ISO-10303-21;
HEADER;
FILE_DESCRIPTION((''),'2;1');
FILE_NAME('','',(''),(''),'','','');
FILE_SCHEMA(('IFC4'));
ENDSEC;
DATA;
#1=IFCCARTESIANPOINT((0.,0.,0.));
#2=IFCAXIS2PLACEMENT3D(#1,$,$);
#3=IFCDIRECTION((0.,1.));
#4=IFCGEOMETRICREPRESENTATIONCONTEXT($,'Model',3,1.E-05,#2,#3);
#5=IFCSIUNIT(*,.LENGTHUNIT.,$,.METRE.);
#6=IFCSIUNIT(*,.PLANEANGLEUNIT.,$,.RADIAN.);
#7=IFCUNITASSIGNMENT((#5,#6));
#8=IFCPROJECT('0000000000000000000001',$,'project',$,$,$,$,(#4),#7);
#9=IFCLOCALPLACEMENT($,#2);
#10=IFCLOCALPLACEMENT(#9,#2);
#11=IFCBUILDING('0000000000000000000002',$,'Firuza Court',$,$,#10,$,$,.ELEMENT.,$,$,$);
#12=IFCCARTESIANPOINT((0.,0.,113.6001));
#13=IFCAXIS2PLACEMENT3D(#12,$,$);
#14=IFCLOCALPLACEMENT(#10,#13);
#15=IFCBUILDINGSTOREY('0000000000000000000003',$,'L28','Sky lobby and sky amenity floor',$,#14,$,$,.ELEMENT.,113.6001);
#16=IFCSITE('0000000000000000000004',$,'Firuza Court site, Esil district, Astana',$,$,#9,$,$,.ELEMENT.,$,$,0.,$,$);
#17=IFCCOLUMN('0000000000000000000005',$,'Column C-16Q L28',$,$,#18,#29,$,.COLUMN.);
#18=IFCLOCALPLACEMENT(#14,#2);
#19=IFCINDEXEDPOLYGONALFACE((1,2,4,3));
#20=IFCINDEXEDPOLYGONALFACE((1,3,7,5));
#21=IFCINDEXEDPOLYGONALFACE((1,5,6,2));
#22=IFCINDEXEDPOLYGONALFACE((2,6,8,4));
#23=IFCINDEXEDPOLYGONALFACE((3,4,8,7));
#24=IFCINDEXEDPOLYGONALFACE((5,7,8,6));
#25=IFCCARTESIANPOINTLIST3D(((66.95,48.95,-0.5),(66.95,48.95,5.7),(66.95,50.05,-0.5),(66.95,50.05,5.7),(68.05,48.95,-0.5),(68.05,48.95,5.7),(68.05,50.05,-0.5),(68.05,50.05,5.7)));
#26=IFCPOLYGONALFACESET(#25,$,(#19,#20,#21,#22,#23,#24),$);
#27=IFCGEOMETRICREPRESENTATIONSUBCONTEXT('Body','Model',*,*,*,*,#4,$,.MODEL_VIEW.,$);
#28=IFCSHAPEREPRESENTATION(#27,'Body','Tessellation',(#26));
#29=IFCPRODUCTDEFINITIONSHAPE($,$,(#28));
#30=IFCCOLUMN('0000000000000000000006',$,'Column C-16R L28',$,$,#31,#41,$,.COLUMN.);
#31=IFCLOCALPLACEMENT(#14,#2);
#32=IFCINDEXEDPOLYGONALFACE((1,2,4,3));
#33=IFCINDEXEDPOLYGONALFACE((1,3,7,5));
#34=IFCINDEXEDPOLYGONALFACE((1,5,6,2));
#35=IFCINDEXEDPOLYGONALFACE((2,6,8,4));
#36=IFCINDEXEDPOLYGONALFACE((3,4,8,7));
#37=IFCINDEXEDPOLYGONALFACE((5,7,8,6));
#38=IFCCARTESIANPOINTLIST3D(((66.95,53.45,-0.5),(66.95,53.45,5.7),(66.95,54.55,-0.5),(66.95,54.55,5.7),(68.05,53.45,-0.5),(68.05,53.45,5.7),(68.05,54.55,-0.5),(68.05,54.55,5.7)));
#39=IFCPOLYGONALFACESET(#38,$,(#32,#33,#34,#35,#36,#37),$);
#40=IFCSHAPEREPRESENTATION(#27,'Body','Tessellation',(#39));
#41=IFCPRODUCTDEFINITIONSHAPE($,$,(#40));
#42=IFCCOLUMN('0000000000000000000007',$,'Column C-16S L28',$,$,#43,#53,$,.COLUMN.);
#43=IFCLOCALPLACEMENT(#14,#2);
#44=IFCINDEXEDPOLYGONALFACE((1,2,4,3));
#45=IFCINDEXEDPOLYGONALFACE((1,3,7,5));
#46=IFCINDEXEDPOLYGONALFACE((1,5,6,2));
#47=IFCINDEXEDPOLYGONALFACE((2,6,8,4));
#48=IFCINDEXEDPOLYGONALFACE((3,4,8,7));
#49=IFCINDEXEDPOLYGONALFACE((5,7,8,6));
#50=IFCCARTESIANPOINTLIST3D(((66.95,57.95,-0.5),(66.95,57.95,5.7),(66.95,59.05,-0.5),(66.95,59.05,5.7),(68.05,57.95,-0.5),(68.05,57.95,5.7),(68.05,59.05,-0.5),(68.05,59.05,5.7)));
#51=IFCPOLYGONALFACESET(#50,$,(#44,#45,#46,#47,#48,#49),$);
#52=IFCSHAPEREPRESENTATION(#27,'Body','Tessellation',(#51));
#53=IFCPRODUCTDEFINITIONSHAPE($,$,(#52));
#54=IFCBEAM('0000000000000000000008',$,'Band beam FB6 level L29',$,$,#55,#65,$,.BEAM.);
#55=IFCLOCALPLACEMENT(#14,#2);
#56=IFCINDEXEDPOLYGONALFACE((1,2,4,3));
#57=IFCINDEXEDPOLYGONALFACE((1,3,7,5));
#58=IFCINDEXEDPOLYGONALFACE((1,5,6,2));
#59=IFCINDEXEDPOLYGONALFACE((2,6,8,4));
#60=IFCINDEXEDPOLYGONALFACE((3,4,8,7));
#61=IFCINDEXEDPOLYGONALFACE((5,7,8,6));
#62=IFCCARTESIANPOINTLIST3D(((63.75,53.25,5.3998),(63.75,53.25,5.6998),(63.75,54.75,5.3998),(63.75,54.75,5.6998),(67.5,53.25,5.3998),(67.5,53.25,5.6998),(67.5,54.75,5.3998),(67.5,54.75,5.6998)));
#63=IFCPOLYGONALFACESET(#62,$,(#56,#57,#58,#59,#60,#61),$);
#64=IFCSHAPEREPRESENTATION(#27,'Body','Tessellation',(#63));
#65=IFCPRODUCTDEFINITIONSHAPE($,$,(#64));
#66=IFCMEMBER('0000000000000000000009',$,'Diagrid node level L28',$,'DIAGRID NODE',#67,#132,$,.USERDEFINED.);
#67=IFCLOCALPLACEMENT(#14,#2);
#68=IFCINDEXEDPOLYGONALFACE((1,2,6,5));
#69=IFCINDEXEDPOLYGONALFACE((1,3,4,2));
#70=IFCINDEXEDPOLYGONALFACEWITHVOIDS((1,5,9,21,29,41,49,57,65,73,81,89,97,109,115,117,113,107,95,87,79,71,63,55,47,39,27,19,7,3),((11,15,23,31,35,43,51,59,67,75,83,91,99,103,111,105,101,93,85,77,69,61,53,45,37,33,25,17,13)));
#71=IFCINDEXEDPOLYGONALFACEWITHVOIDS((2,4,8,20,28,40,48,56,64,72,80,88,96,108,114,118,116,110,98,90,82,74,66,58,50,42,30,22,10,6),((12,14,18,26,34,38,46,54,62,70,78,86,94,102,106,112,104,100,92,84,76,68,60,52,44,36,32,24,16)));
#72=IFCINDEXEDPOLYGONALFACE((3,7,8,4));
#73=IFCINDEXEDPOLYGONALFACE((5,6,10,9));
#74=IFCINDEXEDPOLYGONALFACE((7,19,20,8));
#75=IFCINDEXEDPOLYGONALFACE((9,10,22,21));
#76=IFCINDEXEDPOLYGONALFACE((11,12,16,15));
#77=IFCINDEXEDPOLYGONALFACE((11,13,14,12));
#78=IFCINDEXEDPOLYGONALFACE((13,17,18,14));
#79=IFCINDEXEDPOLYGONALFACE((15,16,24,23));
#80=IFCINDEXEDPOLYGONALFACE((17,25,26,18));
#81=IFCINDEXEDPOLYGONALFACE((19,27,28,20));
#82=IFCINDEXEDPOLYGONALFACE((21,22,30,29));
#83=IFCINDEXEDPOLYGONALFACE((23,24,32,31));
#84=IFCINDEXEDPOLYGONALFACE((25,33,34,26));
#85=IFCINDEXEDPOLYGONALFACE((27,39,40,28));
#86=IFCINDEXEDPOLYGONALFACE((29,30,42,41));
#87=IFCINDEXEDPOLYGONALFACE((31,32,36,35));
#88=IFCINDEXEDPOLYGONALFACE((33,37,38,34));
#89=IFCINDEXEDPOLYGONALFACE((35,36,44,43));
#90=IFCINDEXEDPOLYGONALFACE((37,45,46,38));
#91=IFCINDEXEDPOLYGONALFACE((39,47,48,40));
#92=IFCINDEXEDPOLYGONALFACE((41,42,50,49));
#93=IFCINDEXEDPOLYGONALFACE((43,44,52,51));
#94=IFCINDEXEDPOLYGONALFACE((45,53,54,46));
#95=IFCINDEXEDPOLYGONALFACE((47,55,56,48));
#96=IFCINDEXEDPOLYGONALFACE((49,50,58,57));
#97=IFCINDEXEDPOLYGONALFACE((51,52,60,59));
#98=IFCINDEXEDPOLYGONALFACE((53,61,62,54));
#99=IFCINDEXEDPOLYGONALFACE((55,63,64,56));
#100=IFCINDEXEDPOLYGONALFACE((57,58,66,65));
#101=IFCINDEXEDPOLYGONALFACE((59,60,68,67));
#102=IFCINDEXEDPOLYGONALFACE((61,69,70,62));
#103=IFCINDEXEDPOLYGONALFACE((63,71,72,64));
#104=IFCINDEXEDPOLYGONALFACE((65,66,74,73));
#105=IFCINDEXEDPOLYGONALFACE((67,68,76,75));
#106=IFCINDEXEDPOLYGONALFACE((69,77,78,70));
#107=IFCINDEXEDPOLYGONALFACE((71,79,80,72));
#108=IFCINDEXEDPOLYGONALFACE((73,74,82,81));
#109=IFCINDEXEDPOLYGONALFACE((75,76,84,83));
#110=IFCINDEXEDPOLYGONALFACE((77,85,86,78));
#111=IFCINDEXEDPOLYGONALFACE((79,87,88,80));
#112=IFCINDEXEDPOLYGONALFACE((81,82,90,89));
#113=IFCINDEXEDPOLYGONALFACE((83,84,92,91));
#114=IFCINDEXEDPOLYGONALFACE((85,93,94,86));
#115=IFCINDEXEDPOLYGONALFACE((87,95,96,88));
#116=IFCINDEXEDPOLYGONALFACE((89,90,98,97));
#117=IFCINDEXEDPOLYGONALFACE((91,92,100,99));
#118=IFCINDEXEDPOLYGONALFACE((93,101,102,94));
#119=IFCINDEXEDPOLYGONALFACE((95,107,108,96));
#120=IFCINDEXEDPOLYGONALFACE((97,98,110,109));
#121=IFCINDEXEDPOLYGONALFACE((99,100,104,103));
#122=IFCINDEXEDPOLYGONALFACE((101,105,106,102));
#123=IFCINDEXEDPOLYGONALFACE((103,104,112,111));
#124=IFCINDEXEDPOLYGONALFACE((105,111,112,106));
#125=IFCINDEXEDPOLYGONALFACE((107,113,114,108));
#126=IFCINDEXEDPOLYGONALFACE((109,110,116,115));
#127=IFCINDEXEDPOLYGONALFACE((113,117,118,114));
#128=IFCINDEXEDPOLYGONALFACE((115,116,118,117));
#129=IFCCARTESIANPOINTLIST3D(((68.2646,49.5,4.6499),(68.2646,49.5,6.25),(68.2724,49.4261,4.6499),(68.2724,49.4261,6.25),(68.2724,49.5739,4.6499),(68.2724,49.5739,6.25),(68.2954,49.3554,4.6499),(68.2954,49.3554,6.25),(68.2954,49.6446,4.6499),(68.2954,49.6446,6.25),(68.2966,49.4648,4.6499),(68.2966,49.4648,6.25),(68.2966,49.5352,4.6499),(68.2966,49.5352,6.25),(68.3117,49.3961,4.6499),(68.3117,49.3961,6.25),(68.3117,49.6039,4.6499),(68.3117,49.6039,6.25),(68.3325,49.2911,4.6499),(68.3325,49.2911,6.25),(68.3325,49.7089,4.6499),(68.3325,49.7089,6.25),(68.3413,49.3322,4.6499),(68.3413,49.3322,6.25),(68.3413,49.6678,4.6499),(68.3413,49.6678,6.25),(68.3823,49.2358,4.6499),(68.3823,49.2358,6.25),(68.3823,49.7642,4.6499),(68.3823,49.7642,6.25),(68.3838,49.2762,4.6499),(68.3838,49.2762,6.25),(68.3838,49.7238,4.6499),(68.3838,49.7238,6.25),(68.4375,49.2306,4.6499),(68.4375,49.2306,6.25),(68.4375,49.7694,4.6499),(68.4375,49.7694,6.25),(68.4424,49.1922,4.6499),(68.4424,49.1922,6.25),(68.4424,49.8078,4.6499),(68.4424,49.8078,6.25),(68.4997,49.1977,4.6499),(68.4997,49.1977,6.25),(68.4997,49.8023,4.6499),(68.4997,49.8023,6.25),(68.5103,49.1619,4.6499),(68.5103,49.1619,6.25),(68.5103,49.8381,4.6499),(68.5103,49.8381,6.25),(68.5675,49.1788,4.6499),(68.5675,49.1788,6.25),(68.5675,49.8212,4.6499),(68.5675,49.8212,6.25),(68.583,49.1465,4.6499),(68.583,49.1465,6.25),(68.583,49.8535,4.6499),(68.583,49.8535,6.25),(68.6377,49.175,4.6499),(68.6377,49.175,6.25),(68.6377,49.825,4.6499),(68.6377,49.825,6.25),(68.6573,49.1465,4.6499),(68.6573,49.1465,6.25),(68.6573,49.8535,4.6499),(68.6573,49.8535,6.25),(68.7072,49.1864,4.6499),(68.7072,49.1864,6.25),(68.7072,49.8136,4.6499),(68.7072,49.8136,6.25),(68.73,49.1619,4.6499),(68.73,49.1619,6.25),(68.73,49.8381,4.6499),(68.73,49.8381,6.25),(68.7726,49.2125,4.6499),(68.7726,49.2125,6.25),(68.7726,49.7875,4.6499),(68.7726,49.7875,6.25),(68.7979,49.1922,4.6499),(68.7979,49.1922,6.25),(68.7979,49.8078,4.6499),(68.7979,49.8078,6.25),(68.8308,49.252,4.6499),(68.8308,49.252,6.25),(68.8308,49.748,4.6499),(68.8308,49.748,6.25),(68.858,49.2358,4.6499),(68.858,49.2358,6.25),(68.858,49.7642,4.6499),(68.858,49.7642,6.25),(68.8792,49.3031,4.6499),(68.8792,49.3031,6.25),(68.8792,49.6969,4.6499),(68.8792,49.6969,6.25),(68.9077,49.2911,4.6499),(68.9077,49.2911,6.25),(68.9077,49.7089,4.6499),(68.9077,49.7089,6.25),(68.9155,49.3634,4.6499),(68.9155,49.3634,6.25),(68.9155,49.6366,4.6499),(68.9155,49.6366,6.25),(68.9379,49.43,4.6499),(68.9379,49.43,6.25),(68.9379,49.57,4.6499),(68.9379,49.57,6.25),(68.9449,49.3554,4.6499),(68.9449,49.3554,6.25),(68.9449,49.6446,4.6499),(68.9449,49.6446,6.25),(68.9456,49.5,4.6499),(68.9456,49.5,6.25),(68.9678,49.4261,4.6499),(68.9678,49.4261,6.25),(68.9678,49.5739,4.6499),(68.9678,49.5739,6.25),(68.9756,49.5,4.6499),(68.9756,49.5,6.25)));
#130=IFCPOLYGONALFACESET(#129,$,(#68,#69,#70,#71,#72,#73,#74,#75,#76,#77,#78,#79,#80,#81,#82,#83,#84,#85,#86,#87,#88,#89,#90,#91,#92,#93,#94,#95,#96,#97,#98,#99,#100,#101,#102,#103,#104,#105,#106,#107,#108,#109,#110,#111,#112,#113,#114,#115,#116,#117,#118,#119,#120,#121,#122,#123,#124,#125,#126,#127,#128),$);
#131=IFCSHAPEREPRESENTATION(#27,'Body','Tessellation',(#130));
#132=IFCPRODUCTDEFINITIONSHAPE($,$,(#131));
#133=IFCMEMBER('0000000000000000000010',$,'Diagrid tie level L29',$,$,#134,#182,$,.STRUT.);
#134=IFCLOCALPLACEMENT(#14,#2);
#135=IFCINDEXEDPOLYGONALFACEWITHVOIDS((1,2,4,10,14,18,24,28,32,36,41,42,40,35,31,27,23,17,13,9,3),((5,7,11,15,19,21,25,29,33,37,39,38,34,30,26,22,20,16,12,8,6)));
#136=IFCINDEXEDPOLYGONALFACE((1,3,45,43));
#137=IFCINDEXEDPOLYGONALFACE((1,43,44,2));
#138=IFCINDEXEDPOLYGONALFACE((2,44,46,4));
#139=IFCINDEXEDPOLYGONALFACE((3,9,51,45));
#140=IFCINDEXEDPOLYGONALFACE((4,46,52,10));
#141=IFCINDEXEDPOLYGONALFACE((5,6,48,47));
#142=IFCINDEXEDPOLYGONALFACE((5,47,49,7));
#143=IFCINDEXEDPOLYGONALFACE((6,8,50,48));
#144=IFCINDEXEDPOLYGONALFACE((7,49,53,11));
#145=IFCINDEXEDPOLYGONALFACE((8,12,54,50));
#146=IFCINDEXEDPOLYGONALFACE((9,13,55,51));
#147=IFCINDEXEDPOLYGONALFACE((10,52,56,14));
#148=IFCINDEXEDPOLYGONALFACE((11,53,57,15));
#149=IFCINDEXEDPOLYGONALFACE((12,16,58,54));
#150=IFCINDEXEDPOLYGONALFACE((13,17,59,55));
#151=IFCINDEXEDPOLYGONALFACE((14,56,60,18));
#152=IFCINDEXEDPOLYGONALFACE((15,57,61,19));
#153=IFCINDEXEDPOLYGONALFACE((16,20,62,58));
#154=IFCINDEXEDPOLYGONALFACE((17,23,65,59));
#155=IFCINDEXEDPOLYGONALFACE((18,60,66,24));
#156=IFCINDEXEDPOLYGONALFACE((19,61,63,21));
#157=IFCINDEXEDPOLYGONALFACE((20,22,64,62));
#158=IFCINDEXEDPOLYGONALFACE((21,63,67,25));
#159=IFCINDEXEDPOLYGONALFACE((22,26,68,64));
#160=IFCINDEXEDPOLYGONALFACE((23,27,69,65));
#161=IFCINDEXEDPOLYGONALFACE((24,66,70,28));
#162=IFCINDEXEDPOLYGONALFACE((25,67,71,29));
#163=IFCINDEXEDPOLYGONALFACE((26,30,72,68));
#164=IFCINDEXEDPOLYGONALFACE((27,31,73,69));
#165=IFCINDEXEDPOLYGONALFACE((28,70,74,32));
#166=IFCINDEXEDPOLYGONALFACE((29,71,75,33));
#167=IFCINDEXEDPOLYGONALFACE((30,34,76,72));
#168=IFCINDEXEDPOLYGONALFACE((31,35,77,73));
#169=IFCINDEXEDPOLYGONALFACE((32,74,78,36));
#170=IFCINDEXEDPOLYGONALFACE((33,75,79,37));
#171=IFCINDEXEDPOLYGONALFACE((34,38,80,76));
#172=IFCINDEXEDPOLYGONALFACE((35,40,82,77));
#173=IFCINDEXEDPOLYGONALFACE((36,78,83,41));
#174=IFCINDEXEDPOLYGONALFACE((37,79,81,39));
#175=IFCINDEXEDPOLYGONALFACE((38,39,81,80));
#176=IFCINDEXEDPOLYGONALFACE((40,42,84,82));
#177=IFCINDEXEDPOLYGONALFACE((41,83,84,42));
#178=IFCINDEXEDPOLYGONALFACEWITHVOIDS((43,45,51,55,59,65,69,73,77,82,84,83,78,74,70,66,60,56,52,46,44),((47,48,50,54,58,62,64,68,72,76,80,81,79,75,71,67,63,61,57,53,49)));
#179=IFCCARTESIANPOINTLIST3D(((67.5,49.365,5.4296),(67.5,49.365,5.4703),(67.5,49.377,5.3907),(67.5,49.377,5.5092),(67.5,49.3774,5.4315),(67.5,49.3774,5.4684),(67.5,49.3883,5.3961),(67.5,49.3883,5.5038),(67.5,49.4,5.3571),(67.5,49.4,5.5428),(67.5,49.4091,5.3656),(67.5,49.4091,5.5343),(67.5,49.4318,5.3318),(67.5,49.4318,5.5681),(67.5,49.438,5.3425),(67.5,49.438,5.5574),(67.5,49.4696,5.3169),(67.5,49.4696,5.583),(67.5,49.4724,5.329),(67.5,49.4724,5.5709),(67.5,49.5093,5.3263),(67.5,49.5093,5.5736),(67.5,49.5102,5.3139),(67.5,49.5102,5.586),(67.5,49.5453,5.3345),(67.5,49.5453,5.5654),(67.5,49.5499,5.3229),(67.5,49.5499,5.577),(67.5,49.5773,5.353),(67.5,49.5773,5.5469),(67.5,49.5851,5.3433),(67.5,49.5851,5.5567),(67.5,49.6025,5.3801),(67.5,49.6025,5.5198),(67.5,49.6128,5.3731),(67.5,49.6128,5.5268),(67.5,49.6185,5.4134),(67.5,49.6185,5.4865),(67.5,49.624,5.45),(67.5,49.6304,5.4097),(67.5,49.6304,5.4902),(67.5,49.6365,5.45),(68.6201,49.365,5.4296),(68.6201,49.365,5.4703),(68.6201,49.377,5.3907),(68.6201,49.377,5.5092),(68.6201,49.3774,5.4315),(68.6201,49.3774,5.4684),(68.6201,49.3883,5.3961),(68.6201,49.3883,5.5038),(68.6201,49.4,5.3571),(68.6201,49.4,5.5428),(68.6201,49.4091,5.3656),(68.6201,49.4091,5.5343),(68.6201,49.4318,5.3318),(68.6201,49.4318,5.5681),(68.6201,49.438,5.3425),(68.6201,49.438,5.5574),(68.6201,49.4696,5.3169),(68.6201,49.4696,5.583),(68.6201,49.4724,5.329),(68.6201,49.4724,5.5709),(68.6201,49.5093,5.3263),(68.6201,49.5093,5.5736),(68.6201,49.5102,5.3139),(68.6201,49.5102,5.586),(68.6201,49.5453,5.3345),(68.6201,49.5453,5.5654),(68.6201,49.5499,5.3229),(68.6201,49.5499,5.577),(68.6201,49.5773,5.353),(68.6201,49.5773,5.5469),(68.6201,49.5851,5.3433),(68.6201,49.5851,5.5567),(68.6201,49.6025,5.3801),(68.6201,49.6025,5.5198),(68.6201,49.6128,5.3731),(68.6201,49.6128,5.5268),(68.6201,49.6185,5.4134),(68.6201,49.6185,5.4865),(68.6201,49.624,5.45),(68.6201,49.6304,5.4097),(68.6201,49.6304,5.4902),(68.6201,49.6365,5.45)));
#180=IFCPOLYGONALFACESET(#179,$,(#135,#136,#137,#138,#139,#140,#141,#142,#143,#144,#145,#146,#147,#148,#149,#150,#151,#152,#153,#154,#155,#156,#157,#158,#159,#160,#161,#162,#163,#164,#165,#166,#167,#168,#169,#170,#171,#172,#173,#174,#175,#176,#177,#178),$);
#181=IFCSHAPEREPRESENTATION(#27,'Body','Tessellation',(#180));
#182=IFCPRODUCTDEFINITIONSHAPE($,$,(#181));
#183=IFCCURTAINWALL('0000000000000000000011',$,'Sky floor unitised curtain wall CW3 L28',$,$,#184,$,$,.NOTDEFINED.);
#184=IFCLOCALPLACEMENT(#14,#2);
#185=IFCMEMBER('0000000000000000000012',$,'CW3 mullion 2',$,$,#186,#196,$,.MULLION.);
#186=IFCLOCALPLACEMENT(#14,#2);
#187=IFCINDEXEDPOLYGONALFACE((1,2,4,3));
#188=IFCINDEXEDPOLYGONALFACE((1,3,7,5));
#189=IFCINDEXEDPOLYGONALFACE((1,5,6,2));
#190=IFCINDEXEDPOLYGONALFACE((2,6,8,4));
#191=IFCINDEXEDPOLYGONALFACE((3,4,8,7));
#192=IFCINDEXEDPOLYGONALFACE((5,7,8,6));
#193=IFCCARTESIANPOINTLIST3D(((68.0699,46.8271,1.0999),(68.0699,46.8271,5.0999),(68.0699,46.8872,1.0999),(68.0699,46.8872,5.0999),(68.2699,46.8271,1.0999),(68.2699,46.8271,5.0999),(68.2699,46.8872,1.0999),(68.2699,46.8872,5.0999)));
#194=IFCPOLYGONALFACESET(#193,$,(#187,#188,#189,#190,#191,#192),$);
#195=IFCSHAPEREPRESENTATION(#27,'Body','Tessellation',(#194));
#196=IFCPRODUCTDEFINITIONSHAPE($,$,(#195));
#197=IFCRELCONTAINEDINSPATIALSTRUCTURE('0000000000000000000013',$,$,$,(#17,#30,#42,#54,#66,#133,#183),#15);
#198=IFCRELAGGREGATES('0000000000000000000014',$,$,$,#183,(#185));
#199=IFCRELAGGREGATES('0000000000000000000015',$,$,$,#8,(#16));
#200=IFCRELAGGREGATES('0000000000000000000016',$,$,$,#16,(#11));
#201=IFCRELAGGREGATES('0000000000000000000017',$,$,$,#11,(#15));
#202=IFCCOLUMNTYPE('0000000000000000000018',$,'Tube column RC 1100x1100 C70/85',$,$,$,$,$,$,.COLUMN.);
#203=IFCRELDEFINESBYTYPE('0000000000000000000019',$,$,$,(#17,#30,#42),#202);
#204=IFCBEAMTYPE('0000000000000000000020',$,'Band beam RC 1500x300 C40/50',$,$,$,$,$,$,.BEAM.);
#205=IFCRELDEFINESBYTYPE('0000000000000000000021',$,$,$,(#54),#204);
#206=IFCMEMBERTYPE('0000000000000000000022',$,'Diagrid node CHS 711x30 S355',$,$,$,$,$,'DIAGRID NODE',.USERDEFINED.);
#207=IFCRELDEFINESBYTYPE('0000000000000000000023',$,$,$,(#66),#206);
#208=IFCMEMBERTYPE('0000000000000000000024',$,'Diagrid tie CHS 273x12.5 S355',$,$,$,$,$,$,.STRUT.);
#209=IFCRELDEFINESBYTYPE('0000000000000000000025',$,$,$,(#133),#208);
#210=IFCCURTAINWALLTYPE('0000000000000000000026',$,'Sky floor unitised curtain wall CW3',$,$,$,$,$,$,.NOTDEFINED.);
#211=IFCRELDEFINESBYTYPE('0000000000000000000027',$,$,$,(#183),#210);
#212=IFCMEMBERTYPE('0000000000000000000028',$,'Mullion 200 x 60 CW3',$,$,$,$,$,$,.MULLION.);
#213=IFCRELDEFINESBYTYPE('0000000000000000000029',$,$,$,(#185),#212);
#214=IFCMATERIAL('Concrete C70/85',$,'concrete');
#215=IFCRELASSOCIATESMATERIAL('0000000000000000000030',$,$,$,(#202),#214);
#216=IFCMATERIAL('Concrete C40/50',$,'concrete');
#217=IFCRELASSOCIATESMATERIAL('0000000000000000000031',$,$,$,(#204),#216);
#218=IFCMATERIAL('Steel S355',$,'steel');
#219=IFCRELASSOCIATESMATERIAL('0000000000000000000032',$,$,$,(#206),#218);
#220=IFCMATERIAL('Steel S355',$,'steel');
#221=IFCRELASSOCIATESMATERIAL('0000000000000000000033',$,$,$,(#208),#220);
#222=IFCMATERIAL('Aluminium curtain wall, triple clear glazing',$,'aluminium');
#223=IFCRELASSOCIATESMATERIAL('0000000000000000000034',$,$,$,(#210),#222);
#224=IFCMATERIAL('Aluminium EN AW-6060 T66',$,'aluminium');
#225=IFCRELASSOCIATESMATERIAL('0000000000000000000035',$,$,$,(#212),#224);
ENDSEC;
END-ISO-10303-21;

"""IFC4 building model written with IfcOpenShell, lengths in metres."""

from ifc_helpers import new_model, si_unit, direction, frame, origin, origin_2d, place, context, subcontext, project, spatial, rectangle, hollow_circle, extrude, material, material_profile, profile_set, type_object, element, aggregate, save


model = new_model("IFC4")

# Units and contexts
model_context = context("Model", 3, precision=1e-05, world=origin(), true_north=direction((0.0, 1.0)))
body_context = subcontext(model_context, "Body", "Model", "MODEL_VIEW")
ifc_project = project(units=[si_unit("LENGTHUNIT", "METRE"), si_unit("PLANEANGLEUNIT", "RADIAN")], contexts=[model_context])

# Site, building, storey
site_placement = place(None, origin())
site = spatial("IfcSite", under=ifc_project, at=site_placement, Name="Firuza Court site, Esil district, Astana", CompositionType="ELEMENT", RefElevation=0.0)
building_placement = place(site_placement, origin())
building = spatial("IfcBuilding", under=site, at=building_placement, Name="Firuza Court", CompositionType="ELEMENT")
storey_placement = place(building_placement, frame((0.0, 0.0, 113.6001)))
storey = spatial("IfcBuildingStorey", under=building, at=storey_placement, Name="L28", Description="Sky lobby and sky amenity floor", CompositionType="ELEMENT", Elevation=113.6001)

# Columns
ifc_material_1 = material(Name="Concrete C70/85", Category="concrete")
ifc_material_profile_1 = material_profile(ifc_material_1, rectangle(XDim=1.1001, YDim=1.1001, at=origin_2d()), Name="RC 1100x1100")
ifc_profile_set_1 = profile_set([ifc_material_profile_1], Name="Concrete C70/85")
column_type = type_object("IfcColumnType", Name="Tube column RC 1100x1100 C70/85", PredefinedType="COLUMN", material=ifc_profile_set_1)
for number, where, z_axis, x_axis, name in (
    (1, (67.5, 49.5, -0.5), (0.0, 0.0, 1.0), (1.0, 0.0, 0.0), "Column C-16Q L28"),
    (2, (67.5, 54.0, -0.5), (0.0, 0.0, 1.0), (1.0, 0.0, 0.0), "Column C-16R L28"),
    (3, (67.5, 58.5, -0.5), (0.0, 0.0, 1.0), (1.0, 0.0, 0.0), "Column C-16S L28"),
):
    element("IfcColumn", number, at=place(storey_placement, frame(where, z_axis=z_axis, x_axis=x_axis)), inside=storey, type_object=column_type, Name=name, PredefinedType="COLUMN", context=body_context, shape_type="SweptSolid", body=[
        extrude(rectangle(XDim=1.1001, YDim=1.1001, at=origin_2d()), origin(), (0.0, 0.0, 1.0), 6.2),
    ])

# Beam
ifc_material_2 = material(Name="Concrete C40/50", Category="concrete")
ifc_material_profile_2 = material_profile(ifc_material_2, rectangle(XDim=1.5, YDim=0.3, at=origin_2d()), Name="RC 1500x300")
ifc_profile_set_2 = profile_set([ifc_material_profile_2], Name="Concrete C40/50")
beam_type_1 = type_object("IfcBeamType", Name="Band beam RC 1500x300 C40/50", PredefinedType="BEAM", material=ifc_profile_set_2)
beam_placement = place(storey_placement, frame((67.5, 54.0, 5.5498), z_axis=(-1.0, 0.0, 0.0), x_axis=(0.0, -1.0, 0.0)))
element("IfcBeam", 4, at=beam_placement, inside=storey, type_object=beam_type_1, Name="Band beam FB6 level L29", PredefinedType="BEAM", context=body_context, shape_type="SweptSolid", body=[
    extrude(rectangle(XDim=1.5, YDim=0.3, at=origin_2d()), origin(), (0.0, 0.0, 1.0), 3.75),
])

# Members
ifc_material_3 = material(Name="Steel S355", Category="steel")
ifc_material_profile_3 = material_profile(ifc_material_3, hollow_circle(Radius=0.3555, WallThickness=0.03, at=origin_2d()), Name="CHS 711x30")
ifc_profile_set_3 = profile_set([ifc_material_profile_3], Name="Steel S355")
member_type_1 = type_object("IfcMemberType", Name="Diagrid node CHS 711x30 S355", ElementType="DIAGRID NODE", PredefinedType="USERDEFINED", material=ifc_profile_set_3)
member_1_placement = place(storey_placement, frame((68.6201, 49.5, 4.6499), z_axis=(0.0, 0.0, 1.0), x_axis=(1.0, 0.0, 0.0)))
element("IfcMember", 5, at=member_1_placement, inside=storey, type_object=member_type_1, Name="Diagrid node level L28", ObjectType="DIAGRID NODE", PredefinedType="USERDEFINED", context=body_context, shape_type="SweptSolid", body=[
    extrude(hollow_circle(Radius=0.3555, WallThickness=0.03, at=origin_2d()), origin(), (0.0, 0.0, 1.0), 1.6001),
])
ifc_material_4 = material(Name="Steel S355", Category="steel")
ifc_material_profile_4 = material_profile(ifc_material_4, hollow_circle(Radius=0.1365, WallThickness=0.0125, at=origin_2d()), Name="CHS 273x12.5")
ifc_profile_set_4 = profile_set([ifc_material_profile_4], Name="Steel S355")
member_type_2 = type_object("IfcMemberType", Name="Diagrid tie CHS 273x12.5 S355", PredefinedType="STRUT", material=ifc_profile_set_4)
member_2_placement = place(storey_placement, frame((67.5, 49.5, 5.45), z_axis=(1.0, 0.0, 0.0), x_axis=(0.0, 1.0, 0.0)))
element("IfcMember", 6, at=member_2_placement, inside=storey, type_object=member_type_2, Name="Diagrid tie level L29", PredefinedType="STRUT", context=body_context, shape_type="SweptSolid", body=[
    extrude(hollow_circle(Radius=0.1365, WallThickness=0.0125, at=origin_2d()), origin(), (0.0, 0.0, 1.0), 1.1201),
])

# Curtain wall, member
ifc_material_5 = material(Name="Aluminium curtain wall, triple clear glazing", Category="aluminium")
curtain_wall_type = type_object("IfcCurtainWallType", Name="Sky floor unitised curtain wall CW3", PredefinedType="NOTDEFINED", material=ifc_material_5)
curtain_wall_placement = place(storey_placement, origin())
curtain_wall = element("IfcCurtainWall", 7, at=curtain_wall_placement, inside=storey, type_object=curtain_wall_type, Name="Sky floor unitised curtain wall CW3 L28", PredefinedType="NOTDEFINED")
ifc_material_6 = material(Name="Aluminium EN AW-6060 T66", Category="aluminium")
ifc_material_profile_5 = material_profile(ifc_material_6, rectangle(XDim=0.2, YDim=0.0601, at=origin_2d()), Name="Mullion 200 x 60 CW3")
ifc_profile_set_5 = profile_set([ifc_material_profile_5], Name="Aluminium EN AW-6060 T66")
member_type_3 = type_object("IfcMemberType", Name="Mullion 200 x 60 CW3", PredefinedType="MULLION", material=ifc_profile_set_5)
member_3_placement = place(storey_placement, frame((68.1699, 46.8572, 1.0999), z_axis=(0.0, 0.0, 1.0), x_axis=(-1.0, 0.0, 0.0)))
member_3 = element("IfcMember", 8, at=member_3_placement, type_object=member_type_3, Name="CW3 mullion 2", PredefinedType="MULLION", context=body_context, shape_type="SweptSolid", body=[
    extrude(rectangle(XDim=0.2, YDim=0.0601, at=origin_2d()), origin(), (0.0, 0.0, 1.0), 4.0),
])

aggregate(curtain_wall, [member_3])

save(model, "model.ifc")
